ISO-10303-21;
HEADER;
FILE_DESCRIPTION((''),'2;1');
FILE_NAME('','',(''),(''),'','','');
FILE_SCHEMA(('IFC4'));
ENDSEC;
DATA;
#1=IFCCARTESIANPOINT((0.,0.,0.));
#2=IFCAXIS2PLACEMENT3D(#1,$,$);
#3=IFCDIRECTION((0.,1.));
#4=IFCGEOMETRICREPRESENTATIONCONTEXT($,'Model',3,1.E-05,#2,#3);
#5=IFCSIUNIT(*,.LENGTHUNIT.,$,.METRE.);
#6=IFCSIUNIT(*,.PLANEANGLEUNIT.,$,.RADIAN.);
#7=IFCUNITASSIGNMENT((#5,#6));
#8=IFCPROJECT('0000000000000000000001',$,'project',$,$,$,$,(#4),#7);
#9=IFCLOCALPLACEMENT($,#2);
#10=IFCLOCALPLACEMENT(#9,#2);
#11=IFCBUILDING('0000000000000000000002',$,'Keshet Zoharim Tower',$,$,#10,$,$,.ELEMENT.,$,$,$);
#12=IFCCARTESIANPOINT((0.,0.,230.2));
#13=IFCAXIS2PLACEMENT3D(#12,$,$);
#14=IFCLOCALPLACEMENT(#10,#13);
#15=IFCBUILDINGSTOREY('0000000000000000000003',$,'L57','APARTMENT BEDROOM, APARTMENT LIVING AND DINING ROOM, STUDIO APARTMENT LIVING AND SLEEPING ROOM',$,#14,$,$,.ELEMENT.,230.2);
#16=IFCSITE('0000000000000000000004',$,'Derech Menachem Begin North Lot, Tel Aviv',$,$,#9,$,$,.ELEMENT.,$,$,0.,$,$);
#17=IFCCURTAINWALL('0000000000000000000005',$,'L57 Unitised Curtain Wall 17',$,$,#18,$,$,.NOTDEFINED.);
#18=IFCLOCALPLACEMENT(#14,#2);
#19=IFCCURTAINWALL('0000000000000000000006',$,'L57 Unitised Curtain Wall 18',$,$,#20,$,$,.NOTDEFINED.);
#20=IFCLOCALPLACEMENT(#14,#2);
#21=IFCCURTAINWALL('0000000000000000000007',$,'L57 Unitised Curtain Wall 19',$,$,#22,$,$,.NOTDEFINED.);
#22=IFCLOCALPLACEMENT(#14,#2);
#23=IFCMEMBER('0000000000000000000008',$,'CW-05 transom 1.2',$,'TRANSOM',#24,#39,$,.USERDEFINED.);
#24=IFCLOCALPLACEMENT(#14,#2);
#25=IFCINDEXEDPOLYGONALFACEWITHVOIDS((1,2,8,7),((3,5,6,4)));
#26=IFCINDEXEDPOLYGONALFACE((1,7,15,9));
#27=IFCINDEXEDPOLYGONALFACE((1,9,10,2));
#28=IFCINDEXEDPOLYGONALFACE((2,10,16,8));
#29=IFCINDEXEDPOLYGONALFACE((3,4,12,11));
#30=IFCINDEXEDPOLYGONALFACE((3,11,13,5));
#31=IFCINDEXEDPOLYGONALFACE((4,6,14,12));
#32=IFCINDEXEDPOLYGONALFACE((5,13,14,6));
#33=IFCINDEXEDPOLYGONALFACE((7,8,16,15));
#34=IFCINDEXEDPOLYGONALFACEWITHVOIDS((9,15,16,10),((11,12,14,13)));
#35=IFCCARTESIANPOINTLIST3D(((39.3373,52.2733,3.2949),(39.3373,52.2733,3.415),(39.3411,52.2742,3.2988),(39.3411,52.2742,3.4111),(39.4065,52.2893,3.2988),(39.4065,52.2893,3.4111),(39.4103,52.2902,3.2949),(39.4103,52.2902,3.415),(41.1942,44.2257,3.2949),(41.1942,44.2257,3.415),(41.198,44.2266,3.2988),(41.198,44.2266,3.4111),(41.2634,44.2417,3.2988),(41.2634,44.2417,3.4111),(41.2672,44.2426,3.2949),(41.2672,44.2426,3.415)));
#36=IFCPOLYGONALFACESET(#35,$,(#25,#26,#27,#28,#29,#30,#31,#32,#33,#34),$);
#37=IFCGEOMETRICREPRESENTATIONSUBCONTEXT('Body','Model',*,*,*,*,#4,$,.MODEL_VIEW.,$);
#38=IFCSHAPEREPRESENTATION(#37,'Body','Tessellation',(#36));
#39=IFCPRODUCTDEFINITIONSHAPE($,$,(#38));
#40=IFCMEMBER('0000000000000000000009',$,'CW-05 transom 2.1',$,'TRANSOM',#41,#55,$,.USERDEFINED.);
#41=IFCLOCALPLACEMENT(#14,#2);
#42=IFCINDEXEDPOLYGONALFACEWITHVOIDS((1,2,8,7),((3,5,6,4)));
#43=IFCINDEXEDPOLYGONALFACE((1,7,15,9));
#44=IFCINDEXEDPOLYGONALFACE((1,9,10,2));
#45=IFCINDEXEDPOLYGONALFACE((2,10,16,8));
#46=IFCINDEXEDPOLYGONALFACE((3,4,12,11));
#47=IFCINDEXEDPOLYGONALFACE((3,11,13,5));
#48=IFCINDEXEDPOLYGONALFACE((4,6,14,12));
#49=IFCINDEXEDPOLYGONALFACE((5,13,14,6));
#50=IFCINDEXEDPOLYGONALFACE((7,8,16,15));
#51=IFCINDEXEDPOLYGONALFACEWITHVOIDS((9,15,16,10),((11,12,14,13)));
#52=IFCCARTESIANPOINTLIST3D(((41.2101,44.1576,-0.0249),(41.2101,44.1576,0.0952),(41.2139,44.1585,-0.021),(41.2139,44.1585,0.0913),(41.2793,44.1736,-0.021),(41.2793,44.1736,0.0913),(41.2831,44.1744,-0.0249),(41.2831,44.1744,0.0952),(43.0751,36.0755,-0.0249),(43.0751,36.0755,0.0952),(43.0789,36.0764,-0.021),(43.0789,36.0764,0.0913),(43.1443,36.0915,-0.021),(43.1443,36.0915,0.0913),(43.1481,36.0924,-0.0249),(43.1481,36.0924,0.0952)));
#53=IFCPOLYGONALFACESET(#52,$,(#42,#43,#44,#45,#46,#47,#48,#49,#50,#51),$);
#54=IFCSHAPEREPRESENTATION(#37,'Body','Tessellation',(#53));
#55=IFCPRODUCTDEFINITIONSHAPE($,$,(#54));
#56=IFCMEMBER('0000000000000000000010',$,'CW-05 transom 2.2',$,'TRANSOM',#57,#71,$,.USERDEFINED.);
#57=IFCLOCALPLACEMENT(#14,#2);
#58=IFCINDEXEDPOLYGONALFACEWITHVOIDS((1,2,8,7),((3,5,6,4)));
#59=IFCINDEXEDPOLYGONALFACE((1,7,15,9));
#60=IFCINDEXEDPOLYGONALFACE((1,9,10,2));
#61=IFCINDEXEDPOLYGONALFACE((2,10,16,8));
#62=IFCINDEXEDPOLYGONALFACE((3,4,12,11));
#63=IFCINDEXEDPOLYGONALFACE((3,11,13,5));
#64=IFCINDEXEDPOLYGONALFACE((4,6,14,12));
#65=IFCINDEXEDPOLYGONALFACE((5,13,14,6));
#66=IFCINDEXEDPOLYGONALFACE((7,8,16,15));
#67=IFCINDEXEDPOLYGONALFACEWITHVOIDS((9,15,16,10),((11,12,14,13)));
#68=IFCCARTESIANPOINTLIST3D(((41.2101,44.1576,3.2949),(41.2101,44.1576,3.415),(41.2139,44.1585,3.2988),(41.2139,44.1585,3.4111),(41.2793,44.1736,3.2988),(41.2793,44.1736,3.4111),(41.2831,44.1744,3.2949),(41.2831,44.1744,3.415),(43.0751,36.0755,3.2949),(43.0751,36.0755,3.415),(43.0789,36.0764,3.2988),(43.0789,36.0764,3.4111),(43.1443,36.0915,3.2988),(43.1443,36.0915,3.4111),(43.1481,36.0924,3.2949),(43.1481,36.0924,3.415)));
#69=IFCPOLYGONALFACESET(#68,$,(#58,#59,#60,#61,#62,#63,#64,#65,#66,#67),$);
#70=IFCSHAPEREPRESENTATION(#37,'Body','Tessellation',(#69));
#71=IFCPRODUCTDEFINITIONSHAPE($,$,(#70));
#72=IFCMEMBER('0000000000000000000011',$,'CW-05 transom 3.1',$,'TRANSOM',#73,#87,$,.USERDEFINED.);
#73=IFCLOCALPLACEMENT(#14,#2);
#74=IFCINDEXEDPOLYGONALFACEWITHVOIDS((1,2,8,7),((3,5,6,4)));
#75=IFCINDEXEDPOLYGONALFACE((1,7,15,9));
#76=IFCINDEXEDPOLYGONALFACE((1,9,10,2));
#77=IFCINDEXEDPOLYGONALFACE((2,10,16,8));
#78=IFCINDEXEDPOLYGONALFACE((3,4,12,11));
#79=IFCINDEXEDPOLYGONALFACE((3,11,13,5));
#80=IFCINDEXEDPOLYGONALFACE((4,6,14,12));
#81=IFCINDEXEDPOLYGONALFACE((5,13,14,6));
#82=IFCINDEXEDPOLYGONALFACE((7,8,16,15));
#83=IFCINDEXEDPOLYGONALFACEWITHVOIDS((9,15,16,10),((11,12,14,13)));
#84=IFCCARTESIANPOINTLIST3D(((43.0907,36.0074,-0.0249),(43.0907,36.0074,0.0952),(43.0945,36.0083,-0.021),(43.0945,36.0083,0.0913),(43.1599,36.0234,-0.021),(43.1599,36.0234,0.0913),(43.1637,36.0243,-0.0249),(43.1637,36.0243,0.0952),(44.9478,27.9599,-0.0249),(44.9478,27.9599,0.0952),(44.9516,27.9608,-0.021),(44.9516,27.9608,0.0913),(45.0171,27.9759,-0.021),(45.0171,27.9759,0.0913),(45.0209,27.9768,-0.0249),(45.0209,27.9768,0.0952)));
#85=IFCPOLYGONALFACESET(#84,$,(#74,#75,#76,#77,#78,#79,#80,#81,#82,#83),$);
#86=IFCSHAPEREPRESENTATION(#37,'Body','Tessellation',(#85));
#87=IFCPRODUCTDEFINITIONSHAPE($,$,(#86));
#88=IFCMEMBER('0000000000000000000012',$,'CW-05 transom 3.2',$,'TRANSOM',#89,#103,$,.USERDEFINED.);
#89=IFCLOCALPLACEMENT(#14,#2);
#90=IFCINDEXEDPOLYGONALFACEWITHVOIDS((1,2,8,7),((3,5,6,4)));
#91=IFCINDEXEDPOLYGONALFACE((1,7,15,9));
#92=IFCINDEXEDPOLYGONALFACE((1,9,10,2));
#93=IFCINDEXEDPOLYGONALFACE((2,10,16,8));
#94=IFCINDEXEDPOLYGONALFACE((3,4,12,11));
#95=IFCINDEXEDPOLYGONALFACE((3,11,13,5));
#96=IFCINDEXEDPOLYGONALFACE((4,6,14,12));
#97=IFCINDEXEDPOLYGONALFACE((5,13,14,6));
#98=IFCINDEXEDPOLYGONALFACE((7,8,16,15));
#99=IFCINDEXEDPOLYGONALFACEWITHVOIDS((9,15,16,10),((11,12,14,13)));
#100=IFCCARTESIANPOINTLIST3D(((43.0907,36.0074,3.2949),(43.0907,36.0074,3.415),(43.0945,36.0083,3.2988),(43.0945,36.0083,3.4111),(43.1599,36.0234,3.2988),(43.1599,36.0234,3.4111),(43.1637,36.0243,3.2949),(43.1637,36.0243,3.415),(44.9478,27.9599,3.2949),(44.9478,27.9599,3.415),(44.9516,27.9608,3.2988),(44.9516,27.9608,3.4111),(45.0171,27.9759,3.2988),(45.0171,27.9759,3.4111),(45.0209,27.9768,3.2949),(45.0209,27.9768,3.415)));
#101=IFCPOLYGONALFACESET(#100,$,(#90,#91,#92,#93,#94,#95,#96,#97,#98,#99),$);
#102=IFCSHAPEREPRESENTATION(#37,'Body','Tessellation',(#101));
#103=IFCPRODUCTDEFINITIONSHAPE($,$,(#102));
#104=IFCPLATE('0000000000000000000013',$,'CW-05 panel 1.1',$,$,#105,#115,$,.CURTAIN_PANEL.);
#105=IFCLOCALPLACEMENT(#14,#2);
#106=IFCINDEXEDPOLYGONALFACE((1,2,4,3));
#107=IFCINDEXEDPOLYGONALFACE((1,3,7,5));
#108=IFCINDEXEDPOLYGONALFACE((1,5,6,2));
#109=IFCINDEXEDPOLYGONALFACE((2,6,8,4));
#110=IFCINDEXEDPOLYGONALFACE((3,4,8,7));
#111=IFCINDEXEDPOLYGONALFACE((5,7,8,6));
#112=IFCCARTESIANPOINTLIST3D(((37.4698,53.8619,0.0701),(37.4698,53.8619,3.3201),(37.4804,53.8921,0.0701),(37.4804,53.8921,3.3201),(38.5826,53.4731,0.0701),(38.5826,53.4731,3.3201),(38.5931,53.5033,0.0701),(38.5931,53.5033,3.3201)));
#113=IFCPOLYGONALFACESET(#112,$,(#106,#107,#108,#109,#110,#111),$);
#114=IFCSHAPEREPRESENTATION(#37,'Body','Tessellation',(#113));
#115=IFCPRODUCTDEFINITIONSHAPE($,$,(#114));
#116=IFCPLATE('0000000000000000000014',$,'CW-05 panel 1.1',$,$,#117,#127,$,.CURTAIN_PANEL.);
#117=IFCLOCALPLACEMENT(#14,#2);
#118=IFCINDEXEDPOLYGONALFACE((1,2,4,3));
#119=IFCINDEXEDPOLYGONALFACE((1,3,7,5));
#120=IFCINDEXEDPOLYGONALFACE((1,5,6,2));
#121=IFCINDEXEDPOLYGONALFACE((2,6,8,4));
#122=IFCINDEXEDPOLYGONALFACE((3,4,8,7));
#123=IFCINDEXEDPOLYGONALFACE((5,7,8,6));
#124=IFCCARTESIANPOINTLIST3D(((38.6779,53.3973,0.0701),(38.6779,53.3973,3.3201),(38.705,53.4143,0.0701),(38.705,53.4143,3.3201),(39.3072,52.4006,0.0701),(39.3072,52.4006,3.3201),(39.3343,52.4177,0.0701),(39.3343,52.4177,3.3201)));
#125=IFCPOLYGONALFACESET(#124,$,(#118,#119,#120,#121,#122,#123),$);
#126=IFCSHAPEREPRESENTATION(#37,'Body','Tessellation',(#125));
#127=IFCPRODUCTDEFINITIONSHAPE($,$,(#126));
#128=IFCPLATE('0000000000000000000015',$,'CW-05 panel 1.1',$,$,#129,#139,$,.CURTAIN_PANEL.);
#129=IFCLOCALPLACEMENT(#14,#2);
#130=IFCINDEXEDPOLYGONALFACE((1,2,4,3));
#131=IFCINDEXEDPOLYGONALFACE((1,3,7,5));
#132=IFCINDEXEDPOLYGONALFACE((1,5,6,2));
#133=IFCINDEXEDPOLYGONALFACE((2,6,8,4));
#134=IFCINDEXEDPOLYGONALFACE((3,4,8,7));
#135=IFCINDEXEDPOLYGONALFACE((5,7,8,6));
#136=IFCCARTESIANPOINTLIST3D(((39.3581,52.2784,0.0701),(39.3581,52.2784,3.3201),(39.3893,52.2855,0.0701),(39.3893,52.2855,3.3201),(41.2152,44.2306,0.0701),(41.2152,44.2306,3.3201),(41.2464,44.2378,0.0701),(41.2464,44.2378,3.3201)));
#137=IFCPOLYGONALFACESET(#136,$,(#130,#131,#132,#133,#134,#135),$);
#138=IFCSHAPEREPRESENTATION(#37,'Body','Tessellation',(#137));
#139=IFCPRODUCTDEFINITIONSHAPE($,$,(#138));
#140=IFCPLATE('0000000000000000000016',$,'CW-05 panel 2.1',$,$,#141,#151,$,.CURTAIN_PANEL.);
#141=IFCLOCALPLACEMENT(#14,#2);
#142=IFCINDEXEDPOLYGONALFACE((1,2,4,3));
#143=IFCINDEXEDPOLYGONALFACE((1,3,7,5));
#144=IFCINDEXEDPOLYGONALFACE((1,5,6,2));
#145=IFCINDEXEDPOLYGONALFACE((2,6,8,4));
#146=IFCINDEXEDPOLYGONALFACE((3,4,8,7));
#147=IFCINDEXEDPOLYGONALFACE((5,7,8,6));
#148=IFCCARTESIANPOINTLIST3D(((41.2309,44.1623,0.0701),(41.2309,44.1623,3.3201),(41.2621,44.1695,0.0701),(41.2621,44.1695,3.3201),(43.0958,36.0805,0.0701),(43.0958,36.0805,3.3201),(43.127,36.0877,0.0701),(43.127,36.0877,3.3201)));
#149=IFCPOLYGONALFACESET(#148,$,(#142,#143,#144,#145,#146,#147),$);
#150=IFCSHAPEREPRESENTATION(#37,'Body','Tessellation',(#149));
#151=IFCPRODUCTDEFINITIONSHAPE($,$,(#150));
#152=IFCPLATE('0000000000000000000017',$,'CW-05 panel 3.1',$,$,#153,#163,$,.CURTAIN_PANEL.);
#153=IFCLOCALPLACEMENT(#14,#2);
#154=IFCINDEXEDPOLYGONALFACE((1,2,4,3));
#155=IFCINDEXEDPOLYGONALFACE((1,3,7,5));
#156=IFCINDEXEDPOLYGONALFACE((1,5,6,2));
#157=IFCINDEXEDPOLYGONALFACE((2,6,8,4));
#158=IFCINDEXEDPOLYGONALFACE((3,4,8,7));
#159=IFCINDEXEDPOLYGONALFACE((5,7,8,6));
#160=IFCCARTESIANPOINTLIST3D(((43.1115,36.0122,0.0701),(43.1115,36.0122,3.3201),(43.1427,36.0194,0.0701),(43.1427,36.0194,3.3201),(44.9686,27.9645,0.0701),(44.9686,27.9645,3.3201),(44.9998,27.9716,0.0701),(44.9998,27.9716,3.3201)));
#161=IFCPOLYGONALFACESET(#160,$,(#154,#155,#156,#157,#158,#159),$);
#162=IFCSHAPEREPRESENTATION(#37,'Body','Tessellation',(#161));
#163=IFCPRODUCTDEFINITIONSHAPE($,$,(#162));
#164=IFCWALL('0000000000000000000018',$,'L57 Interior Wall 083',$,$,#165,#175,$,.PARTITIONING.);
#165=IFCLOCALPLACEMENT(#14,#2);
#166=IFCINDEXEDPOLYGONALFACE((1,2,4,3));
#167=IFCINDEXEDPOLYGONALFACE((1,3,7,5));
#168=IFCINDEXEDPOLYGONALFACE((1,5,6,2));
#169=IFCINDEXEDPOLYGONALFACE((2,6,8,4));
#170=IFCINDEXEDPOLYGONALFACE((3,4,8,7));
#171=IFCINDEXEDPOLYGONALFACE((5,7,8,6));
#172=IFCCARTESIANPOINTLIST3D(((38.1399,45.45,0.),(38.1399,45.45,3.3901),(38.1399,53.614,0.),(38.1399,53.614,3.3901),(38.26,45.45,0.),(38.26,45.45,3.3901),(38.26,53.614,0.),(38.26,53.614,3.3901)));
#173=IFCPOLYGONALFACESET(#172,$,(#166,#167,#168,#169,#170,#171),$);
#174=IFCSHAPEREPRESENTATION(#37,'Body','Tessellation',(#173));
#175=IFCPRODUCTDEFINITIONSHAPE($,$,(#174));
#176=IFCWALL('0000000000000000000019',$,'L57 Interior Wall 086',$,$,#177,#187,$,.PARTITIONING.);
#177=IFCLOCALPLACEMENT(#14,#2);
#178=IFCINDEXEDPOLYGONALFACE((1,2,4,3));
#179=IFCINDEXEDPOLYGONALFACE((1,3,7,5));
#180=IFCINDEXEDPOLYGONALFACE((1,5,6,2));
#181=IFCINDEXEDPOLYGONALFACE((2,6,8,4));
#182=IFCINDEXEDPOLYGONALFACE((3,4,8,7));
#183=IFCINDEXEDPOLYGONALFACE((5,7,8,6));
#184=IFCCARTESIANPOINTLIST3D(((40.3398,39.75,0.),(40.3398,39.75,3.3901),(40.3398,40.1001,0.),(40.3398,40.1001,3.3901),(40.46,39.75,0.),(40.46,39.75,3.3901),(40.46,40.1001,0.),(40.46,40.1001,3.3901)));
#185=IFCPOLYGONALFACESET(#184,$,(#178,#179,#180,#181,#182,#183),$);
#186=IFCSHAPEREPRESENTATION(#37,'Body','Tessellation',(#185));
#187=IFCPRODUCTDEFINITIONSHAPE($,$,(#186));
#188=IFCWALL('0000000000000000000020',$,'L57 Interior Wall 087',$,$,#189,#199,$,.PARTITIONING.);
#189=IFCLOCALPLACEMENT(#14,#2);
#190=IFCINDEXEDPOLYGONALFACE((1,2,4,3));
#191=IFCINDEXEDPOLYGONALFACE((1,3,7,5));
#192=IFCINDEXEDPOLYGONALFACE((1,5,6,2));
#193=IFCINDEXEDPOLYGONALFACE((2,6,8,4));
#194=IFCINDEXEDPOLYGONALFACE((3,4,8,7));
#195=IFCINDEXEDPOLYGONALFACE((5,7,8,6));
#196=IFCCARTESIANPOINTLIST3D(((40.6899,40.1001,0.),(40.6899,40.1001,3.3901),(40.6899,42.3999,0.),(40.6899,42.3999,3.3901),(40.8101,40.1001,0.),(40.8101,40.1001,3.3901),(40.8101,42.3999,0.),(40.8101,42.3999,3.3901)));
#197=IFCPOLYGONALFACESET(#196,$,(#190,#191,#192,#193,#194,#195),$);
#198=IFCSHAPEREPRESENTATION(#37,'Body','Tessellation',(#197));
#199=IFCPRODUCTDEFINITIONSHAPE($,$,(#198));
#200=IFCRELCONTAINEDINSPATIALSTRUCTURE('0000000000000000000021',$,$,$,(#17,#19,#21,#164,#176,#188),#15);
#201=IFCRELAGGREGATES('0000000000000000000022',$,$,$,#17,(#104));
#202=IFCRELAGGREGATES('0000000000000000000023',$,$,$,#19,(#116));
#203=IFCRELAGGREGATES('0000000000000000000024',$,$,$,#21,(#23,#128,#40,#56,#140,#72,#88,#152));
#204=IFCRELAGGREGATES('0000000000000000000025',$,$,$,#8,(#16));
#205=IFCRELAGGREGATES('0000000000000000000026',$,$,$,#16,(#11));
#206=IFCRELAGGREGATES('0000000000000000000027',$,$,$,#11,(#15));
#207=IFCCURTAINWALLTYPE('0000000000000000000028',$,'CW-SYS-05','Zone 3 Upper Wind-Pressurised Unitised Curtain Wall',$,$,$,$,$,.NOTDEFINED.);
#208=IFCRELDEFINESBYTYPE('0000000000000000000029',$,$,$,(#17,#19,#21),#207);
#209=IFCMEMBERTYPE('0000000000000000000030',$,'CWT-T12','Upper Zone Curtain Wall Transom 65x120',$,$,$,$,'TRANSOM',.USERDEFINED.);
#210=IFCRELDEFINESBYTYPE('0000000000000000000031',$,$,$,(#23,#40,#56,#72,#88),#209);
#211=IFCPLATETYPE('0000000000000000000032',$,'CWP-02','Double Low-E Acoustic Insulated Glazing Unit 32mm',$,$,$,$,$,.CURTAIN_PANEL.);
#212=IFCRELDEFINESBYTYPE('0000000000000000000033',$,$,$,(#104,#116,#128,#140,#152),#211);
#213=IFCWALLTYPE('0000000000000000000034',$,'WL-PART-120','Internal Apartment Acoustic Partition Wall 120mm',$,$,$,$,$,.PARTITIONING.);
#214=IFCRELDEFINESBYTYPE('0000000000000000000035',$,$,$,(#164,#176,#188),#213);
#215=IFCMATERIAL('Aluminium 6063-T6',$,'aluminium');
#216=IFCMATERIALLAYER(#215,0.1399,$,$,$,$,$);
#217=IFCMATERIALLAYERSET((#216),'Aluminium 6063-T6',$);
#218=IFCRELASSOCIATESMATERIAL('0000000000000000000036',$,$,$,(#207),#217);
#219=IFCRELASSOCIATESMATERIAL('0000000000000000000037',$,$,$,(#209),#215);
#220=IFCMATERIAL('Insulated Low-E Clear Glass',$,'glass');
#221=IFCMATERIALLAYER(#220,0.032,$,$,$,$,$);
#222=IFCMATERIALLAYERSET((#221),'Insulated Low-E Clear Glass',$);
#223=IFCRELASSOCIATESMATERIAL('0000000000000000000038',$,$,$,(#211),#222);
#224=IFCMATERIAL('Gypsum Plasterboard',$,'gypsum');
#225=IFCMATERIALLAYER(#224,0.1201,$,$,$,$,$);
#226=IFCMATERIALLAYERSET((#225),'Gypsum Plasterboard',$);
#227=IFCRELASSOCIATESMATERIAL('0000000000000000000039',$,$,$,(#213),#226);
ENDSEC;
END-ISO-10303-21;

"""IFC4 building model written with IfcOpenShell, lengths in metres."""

from ifc_helpers import new_model, si_unit, direction, frame, frame_2d, origin, origin_2d, place, context, subcontext, project, spatial, rectangle, hollow_rectangle, extrude, material, layer, layer_set, material_profile, profile_set, type_object, element, aggregate, save


model = new_model("IFC4")

# Units and contexts
model_context = context("Model", 3, precision=1e-05, world=origin(), true_north=direction((0.0, 1.0)))
body_context = subcontext(model_context, "Body", "Model", "MODEL_VIEW")
ifc_project = project(units=[si_unit("LENGTHUNIT", "METRE"), si_unit("PLANEANGLEUNIT", "RADIAN")], contexts=[model_context])

# Site, building, storey
site_placement = place(None, origin())
site = spatial("IfcSite", under=ifc_project, at=site_placement, Name="Derech Menachem Begin North Lot, Tel Aviv", CompositionType="ELEMENT", RefElevation=0.0)
building_placement = place(site_placement, origin())
building = spatial("IfcBuilding", under=site, at=building_placement, Name="Keshet Zoharim Tower", CompositionType="ELEMENT")
storey_placement = place(building_placement, frame((0.0, 0.0, 230.2)))
storey = spatial("IfcBuildingStorey", under=building, at=storey_placement, Name="L57", Description="APARTMENT BEDROOM, APARTMENT LIVING AND DINING ROOM, STUDIO APARTMENT LIVING AND SLEEPING ROOM", CompositionType="ELEMENT", Elevation=230.2)

# Curtain wall
ifc_material_1 = material(Name="Aluminium 6063-T6", Category="aluminium")
ifc_layer_1 = layer(ifc_material_1, 0.1399)
ifc_layer_set_1 = layer_set([ifc_layer_1], Name="Aluminium 6063-T6")
curtain_wall_type = type_object("IfcCurtainWallType", Name="CW-SYS-05", Description="Zone 3 Upper Wind-Pressurised Unitised Curtain Wall", PredefinedType="NOTDEFINED", material=ifc_layer_set_1)
curtain_wall_1_placement = place(storey_placement, origin())
curtain_wall_1 = element("IfcCurtainWall", 1, at=curtain_wall_1_placement, inside=storey, type_object=curtain_wall_type, Name="L57 Unitised Curtain Wall 17", PredefinedType="NOTDEFINED")

# Curtain walls
curtain_wall_2_placement = place(storey_placement, origin())
curtain_wall_2 = element("IfcCurtainWall", 2, at=curtain_wall_2_placement, inside=storey, type_object=curtain_wall_type, Name="L57 Unitised Curtain Wall 18", PredefinedType="NOTDEFINED")
curtain_wall_3_placement = place(storey_placement, origin())
curtain_wall_3 = element("IfcCurtainWall", 3, at=curtain_wall_3_placement, inside=storey, type_object=curtain_wall_type, Name="L57 Unitised Curtain Wall 19", PredefinedType="NOTDEFINED")

# Members
ifc_material_profile_1 = material_profile(ifc_material_1, hollow_rectangle(XDim=0.075, YDim=0.1201, WallThickness=0.0039, at=origin_2d()), Name="TRN-75x120")
ifc_profile_set_1 = profile_set([ifc_material_profile_1], Name="Aluminium 6063-T6")
member_type_1 = type_object("IfcMemberType", Name="CWT-T12", Description="Upper Zone Curtain Wall Transom 65x120", ElementType="TRANSOM", PredefinedType="USERDEFINED", material=ifc_profile_set_1)
member_1_placement = place(storey_placement, frame((39.3738, 52.2817, 3.355), z_axis=(0.224836, -0.974397, 0.0), x_axis=(0.974397, 0.224836, 0.0)))
member_1 = element("IfcMember", 4, at=member_1_placement, type_object=member_type_1, Name="CW-05 transom 1.2", ObjectType="TRANSOM", PredefinedType="USERDEFINED", context=body_context, shape_type="SweptSolid", body=[
    extrude(hollow_rectangle(XDim=0.075, YDim=0.1201, WallThickness=0.0039, at=origin_2d()), origin(), (0.0, 0.0, 1.0), 8.259),
])
member_2_placement = place(storey_placement, frame((41.2466, 44.166, 0.0352), z_axis=(0.224849, -0.974394, 0.0), x_axis=(0.974394, 0.224849, 0.0)))
member_2 = element("IfcMember", 5, at=member_2_placement, type_object=member_type_1, Name="CW-05 transom 2.1", ObjectType="TRANSOM", PredefinedType="USERDEFINED", context=body_context, shape_type="SweptSolid", body=[
    extrude(hollow_rectangle(XDim=0.075, YDim=0.1201, WallThickness=0.0039, at=origin_2d()), origin(), (0.0, 0.0, 1.0), 8.2944),
])
member_3_placement = place(storey_placement, frame((41.2466, 44.166, 3.355), z_axis=(0.224849, -0.974394, 0.0), x_axis=(0.974394, 0.224849, 0.0)))
member_3 = element("IfcMember", 6, at=member_3_placement, type_object=member_type_1, Name="CW-05 transom 2.2", ObjectType="TRANSOM", PredefinedType="USERDEFINED", context=body_context, shape_type="SweptSolid", body=[
    extrude(hollow_rectangle(XDim=0.075, YDim=0.1201, WallThickness=0.0039, at=origin_2d()), origin(), (0.0, 0.0, 1.0), 8.2944),
])
member_4_placement = place(storey_placement, frame((43.1272, 36.0159, 0.0352), z_axis=(0.224864, -0.97439, 0.0), x_axis=(0.97439, 0.224864, 0.0)))
member_4 = element("IfcMember", 7, at=member_4_placement, type_object=member_type_1, Name="CW-05 transom 3.1", ObjectType="TRANSOM", PredefinedType="USERDEFINED", context=body_context, shape_type="SweptSolid", body=[
    extrude(hollow_rectangle(XDim=0.075, YDim=0.1201, WallThickness=0.0039, at=origin_2d()), origin(), (0.0, 0.0, 1.0), 8.259),
])
member_5_placement = place(storey_placement, frame((43.1272, 36.0159, 3.355), z_axis=(0.224864, -0.97439, 0.0), x_axis=(0.97439, 0.224864, 0.0)))
member_5 = element("IfcMember", 8, at=member_5_placement, type_object=member_type_1, Name="CW-05 transom 3.2", ObjectType="TRANSOM", PredefinedType="USERDEFINED", context=body_context, shape_type="SweptSolid", body=[
    extrude(hollow_rectangle(XDim=0.075, YDim=0.1201, WallThickness=0.0039, at=origin_2d()), origin(), (0.0, 0.0, 1.0), 8.259),
])

# Plates
ifc_material_2 = material(Name="Insulated Low-E Clear Glass", Category="glass")
ifc_layer_2 = layer(ifc_material_2, 0.032)
ifc_layer_set_2 = layer_set([ifc_layer_2], Name="Insulated Low-E Clear Glass")
plate_type = type_object("IfcPlateType", Name="CWP-02", Description="Double Low-E Acoustic Insulated Glazing Unit 32mm", PredefinedType="CURTAIN_PANEL", material=ifc_layer_set_2)
plate_1_placement = place(storey_placement, frame((38.0315, 53.6826, 0.0701), z_axis=(0.0, 0.0, 1.0), x_axis=(0.944036, -0.329844, 0.0)))
plate_1 = element("IfcPlate", 9, at=plate_1_placement, type_object=plate_type, Name="CW-05 panel 1.1", PredefinedType="CURTAIN_PANEL", context=body_context, shape_type="SweptSolid", body=[
    extrude(rectangle(XDim=1.1787, YDim=0.032, at=origin_2d()), origin(), (0.0, 0.0, 1.0), 3.25),
])
aggregate(curtain_wall_1, [plate_1])
plate_2_placement = place(storey_placement, frame((39.0061, 52.9075, 0.0701), z_axis=(0.0, 0.0, 1.0), x_axis=(0.533879, -0.845561, 0.0)))
plate_2 = element("IfcPlate", 10, at=plate_2_placement, type_object=plate_type, Name="CW-05 panel 1.1", PredefinedType="CURTAIN_PANEL", context=body_context, shape_type="SweptSolid", body=[
    extrude(rectangle(XDim=1.1787, YDim=0.032, at=origin_2d()), origin(), (0.0, 0.0, 1.0), 3.25),
])
aggregate(curtain_wall_2, [plate_2])
plate_3_placement = place(storey_placement, frame((40.3022, 48.2581, 0.0701), z_axis=(0.0, 0.0, 1.0), x_axis=(0.224848, -0.974394, 0.0)))
plate_3 = element("IfcPlate", 11, at=plate_3_placement, type_object=plate_type, Name="CW-05 panel 1.1", PredefinedType="CURTAIN_PANEL", context=body_context, shape_type="SweptSolid", body=[
    extrude(rectangle(XDim=8.2593, YDim=0.032, at=origin_2d()), origin(), (0.0, 0.0, 1.0), 3.25),
])
plate_4_placement = place(storey_placement, frame((42.179, 40.125, 0.0701), z_axis=(0.0, 0.0, 1.0), x_axis=(0.224848, -0.974394, 0.0)))
plate_4 = element("IfcPlate", 12, at=plate_4_placement, type_object=plate_type, Name="CW-05 panel 2.1", PredefinedType="CURTAIN_PANEL", context=body_context, shape_type="SweptSolid", body=[
    extrude(rectangle(XDim=8.2942, YDim=0.032, at=origin_2d()), origin(), (0.0, 0.0, 1.0), 3.25),
])
plate_5_placement = place(storey_placement, frame((44.0557, 31.9919, 0.0701), z_axis=(0.0, 0.0, 1.0), x_axis=(0.224848, -0.974394, 0.0)))
plate_5 = element("IfcPlate", 13, at=plate_5_placement, type_object=plate_type, Name="CW-05 panel 3.1", PredefinedType="CURTAIN_PANEL", context=body_context, shape_type="SweptSolid", body=[
    extrude(rectangle(XDim=8.2593, YDim=0.032, at=origin_2d()), origin(), (0.0, 0.0, 1.0), 3.25),
])
aggregate(curtain_wall_3, [member_1, plate_3, member_2, member_3, plate_4, member_4, member_5, plate_5])

# Walls
ifc_material_3 = material(Name="Gypsum Plasterboard", Category="gypsum")
ifc_layer_3 = layer(ifc_material_3, 0.1201)
ifc_layer_set_3 = layer_set([ifc_layer_3], Name="Gypsum Plasterboard")
wall_type = type_object("IfcWallType", Name="WL-PART-120", Description="Internal Apartment Acoustic Partition Wall 120mm", PredefinedType="PARTITIONING", material=ifc_layer_set_3)
wall_1_placement = place(storey_placement, frame((38.2, 45.45, 0.0), z_axis=(0.0, 0.0, 1.0), x_axis=(0.0, 1.0, 0.0)))
element("IfcWall", 14, at=wall_1_placement, inside=storey, type_object=wall_type, Name="L57 Interior Wall 083", PredefinedType="PARTITIONING", context=body_context, shape_type="SweptSolid", body=[
    extrude(rectangle(XDim=8.1641, YDim=0.1201, at=frame_2d((4.082, 0.0))), origin(), (0.0, 0.0, 1.0), 3.3901),
])
wall_2_placement = place(storey_placement, frame((40.3999, 39.75, 0.0), z_axis=(0.0, 0.0, 1.0), x_axis=(0.0, 1.0, 0.0)))
element("IfcWall", 15, at=wall_2_placement, inside=storey, type_object=wall_type, Name="L57 Interior Wall 086", PredefinedType="PARTITIONING", context=body_context, shape_type="SweptSolid", body=[
    extrude(rectangle(XDim=0.3501, YDim=0.1201, at=frame_2d((0.175, 0.0))), origin(), (0.0, 0.0, 1.0), 3.3901),
])
wall_3_placement = place(storey_placement, frame((40.75, 40.1001, 0.0), z_axis=(0.0, 0.0, 1.0), x_axis=(0.0, 1.0, 0.0)))
element("IfcWall", 16, at=wall_3_placement, inside=storey, type_object=wall_type, Name="L57 Interior Wall 087", PredefinedType="PARTITIONING", context=body_context, shape_type="SweptSolid", body=[
    extrude(rectangle(XDim=2.2998, YDim=0.1201, at=frame_2d((1.1499, 0.0))), origin(), (0.0, 0.0, 1.0), 3.3901),
])

save(model, "model.ifc")
